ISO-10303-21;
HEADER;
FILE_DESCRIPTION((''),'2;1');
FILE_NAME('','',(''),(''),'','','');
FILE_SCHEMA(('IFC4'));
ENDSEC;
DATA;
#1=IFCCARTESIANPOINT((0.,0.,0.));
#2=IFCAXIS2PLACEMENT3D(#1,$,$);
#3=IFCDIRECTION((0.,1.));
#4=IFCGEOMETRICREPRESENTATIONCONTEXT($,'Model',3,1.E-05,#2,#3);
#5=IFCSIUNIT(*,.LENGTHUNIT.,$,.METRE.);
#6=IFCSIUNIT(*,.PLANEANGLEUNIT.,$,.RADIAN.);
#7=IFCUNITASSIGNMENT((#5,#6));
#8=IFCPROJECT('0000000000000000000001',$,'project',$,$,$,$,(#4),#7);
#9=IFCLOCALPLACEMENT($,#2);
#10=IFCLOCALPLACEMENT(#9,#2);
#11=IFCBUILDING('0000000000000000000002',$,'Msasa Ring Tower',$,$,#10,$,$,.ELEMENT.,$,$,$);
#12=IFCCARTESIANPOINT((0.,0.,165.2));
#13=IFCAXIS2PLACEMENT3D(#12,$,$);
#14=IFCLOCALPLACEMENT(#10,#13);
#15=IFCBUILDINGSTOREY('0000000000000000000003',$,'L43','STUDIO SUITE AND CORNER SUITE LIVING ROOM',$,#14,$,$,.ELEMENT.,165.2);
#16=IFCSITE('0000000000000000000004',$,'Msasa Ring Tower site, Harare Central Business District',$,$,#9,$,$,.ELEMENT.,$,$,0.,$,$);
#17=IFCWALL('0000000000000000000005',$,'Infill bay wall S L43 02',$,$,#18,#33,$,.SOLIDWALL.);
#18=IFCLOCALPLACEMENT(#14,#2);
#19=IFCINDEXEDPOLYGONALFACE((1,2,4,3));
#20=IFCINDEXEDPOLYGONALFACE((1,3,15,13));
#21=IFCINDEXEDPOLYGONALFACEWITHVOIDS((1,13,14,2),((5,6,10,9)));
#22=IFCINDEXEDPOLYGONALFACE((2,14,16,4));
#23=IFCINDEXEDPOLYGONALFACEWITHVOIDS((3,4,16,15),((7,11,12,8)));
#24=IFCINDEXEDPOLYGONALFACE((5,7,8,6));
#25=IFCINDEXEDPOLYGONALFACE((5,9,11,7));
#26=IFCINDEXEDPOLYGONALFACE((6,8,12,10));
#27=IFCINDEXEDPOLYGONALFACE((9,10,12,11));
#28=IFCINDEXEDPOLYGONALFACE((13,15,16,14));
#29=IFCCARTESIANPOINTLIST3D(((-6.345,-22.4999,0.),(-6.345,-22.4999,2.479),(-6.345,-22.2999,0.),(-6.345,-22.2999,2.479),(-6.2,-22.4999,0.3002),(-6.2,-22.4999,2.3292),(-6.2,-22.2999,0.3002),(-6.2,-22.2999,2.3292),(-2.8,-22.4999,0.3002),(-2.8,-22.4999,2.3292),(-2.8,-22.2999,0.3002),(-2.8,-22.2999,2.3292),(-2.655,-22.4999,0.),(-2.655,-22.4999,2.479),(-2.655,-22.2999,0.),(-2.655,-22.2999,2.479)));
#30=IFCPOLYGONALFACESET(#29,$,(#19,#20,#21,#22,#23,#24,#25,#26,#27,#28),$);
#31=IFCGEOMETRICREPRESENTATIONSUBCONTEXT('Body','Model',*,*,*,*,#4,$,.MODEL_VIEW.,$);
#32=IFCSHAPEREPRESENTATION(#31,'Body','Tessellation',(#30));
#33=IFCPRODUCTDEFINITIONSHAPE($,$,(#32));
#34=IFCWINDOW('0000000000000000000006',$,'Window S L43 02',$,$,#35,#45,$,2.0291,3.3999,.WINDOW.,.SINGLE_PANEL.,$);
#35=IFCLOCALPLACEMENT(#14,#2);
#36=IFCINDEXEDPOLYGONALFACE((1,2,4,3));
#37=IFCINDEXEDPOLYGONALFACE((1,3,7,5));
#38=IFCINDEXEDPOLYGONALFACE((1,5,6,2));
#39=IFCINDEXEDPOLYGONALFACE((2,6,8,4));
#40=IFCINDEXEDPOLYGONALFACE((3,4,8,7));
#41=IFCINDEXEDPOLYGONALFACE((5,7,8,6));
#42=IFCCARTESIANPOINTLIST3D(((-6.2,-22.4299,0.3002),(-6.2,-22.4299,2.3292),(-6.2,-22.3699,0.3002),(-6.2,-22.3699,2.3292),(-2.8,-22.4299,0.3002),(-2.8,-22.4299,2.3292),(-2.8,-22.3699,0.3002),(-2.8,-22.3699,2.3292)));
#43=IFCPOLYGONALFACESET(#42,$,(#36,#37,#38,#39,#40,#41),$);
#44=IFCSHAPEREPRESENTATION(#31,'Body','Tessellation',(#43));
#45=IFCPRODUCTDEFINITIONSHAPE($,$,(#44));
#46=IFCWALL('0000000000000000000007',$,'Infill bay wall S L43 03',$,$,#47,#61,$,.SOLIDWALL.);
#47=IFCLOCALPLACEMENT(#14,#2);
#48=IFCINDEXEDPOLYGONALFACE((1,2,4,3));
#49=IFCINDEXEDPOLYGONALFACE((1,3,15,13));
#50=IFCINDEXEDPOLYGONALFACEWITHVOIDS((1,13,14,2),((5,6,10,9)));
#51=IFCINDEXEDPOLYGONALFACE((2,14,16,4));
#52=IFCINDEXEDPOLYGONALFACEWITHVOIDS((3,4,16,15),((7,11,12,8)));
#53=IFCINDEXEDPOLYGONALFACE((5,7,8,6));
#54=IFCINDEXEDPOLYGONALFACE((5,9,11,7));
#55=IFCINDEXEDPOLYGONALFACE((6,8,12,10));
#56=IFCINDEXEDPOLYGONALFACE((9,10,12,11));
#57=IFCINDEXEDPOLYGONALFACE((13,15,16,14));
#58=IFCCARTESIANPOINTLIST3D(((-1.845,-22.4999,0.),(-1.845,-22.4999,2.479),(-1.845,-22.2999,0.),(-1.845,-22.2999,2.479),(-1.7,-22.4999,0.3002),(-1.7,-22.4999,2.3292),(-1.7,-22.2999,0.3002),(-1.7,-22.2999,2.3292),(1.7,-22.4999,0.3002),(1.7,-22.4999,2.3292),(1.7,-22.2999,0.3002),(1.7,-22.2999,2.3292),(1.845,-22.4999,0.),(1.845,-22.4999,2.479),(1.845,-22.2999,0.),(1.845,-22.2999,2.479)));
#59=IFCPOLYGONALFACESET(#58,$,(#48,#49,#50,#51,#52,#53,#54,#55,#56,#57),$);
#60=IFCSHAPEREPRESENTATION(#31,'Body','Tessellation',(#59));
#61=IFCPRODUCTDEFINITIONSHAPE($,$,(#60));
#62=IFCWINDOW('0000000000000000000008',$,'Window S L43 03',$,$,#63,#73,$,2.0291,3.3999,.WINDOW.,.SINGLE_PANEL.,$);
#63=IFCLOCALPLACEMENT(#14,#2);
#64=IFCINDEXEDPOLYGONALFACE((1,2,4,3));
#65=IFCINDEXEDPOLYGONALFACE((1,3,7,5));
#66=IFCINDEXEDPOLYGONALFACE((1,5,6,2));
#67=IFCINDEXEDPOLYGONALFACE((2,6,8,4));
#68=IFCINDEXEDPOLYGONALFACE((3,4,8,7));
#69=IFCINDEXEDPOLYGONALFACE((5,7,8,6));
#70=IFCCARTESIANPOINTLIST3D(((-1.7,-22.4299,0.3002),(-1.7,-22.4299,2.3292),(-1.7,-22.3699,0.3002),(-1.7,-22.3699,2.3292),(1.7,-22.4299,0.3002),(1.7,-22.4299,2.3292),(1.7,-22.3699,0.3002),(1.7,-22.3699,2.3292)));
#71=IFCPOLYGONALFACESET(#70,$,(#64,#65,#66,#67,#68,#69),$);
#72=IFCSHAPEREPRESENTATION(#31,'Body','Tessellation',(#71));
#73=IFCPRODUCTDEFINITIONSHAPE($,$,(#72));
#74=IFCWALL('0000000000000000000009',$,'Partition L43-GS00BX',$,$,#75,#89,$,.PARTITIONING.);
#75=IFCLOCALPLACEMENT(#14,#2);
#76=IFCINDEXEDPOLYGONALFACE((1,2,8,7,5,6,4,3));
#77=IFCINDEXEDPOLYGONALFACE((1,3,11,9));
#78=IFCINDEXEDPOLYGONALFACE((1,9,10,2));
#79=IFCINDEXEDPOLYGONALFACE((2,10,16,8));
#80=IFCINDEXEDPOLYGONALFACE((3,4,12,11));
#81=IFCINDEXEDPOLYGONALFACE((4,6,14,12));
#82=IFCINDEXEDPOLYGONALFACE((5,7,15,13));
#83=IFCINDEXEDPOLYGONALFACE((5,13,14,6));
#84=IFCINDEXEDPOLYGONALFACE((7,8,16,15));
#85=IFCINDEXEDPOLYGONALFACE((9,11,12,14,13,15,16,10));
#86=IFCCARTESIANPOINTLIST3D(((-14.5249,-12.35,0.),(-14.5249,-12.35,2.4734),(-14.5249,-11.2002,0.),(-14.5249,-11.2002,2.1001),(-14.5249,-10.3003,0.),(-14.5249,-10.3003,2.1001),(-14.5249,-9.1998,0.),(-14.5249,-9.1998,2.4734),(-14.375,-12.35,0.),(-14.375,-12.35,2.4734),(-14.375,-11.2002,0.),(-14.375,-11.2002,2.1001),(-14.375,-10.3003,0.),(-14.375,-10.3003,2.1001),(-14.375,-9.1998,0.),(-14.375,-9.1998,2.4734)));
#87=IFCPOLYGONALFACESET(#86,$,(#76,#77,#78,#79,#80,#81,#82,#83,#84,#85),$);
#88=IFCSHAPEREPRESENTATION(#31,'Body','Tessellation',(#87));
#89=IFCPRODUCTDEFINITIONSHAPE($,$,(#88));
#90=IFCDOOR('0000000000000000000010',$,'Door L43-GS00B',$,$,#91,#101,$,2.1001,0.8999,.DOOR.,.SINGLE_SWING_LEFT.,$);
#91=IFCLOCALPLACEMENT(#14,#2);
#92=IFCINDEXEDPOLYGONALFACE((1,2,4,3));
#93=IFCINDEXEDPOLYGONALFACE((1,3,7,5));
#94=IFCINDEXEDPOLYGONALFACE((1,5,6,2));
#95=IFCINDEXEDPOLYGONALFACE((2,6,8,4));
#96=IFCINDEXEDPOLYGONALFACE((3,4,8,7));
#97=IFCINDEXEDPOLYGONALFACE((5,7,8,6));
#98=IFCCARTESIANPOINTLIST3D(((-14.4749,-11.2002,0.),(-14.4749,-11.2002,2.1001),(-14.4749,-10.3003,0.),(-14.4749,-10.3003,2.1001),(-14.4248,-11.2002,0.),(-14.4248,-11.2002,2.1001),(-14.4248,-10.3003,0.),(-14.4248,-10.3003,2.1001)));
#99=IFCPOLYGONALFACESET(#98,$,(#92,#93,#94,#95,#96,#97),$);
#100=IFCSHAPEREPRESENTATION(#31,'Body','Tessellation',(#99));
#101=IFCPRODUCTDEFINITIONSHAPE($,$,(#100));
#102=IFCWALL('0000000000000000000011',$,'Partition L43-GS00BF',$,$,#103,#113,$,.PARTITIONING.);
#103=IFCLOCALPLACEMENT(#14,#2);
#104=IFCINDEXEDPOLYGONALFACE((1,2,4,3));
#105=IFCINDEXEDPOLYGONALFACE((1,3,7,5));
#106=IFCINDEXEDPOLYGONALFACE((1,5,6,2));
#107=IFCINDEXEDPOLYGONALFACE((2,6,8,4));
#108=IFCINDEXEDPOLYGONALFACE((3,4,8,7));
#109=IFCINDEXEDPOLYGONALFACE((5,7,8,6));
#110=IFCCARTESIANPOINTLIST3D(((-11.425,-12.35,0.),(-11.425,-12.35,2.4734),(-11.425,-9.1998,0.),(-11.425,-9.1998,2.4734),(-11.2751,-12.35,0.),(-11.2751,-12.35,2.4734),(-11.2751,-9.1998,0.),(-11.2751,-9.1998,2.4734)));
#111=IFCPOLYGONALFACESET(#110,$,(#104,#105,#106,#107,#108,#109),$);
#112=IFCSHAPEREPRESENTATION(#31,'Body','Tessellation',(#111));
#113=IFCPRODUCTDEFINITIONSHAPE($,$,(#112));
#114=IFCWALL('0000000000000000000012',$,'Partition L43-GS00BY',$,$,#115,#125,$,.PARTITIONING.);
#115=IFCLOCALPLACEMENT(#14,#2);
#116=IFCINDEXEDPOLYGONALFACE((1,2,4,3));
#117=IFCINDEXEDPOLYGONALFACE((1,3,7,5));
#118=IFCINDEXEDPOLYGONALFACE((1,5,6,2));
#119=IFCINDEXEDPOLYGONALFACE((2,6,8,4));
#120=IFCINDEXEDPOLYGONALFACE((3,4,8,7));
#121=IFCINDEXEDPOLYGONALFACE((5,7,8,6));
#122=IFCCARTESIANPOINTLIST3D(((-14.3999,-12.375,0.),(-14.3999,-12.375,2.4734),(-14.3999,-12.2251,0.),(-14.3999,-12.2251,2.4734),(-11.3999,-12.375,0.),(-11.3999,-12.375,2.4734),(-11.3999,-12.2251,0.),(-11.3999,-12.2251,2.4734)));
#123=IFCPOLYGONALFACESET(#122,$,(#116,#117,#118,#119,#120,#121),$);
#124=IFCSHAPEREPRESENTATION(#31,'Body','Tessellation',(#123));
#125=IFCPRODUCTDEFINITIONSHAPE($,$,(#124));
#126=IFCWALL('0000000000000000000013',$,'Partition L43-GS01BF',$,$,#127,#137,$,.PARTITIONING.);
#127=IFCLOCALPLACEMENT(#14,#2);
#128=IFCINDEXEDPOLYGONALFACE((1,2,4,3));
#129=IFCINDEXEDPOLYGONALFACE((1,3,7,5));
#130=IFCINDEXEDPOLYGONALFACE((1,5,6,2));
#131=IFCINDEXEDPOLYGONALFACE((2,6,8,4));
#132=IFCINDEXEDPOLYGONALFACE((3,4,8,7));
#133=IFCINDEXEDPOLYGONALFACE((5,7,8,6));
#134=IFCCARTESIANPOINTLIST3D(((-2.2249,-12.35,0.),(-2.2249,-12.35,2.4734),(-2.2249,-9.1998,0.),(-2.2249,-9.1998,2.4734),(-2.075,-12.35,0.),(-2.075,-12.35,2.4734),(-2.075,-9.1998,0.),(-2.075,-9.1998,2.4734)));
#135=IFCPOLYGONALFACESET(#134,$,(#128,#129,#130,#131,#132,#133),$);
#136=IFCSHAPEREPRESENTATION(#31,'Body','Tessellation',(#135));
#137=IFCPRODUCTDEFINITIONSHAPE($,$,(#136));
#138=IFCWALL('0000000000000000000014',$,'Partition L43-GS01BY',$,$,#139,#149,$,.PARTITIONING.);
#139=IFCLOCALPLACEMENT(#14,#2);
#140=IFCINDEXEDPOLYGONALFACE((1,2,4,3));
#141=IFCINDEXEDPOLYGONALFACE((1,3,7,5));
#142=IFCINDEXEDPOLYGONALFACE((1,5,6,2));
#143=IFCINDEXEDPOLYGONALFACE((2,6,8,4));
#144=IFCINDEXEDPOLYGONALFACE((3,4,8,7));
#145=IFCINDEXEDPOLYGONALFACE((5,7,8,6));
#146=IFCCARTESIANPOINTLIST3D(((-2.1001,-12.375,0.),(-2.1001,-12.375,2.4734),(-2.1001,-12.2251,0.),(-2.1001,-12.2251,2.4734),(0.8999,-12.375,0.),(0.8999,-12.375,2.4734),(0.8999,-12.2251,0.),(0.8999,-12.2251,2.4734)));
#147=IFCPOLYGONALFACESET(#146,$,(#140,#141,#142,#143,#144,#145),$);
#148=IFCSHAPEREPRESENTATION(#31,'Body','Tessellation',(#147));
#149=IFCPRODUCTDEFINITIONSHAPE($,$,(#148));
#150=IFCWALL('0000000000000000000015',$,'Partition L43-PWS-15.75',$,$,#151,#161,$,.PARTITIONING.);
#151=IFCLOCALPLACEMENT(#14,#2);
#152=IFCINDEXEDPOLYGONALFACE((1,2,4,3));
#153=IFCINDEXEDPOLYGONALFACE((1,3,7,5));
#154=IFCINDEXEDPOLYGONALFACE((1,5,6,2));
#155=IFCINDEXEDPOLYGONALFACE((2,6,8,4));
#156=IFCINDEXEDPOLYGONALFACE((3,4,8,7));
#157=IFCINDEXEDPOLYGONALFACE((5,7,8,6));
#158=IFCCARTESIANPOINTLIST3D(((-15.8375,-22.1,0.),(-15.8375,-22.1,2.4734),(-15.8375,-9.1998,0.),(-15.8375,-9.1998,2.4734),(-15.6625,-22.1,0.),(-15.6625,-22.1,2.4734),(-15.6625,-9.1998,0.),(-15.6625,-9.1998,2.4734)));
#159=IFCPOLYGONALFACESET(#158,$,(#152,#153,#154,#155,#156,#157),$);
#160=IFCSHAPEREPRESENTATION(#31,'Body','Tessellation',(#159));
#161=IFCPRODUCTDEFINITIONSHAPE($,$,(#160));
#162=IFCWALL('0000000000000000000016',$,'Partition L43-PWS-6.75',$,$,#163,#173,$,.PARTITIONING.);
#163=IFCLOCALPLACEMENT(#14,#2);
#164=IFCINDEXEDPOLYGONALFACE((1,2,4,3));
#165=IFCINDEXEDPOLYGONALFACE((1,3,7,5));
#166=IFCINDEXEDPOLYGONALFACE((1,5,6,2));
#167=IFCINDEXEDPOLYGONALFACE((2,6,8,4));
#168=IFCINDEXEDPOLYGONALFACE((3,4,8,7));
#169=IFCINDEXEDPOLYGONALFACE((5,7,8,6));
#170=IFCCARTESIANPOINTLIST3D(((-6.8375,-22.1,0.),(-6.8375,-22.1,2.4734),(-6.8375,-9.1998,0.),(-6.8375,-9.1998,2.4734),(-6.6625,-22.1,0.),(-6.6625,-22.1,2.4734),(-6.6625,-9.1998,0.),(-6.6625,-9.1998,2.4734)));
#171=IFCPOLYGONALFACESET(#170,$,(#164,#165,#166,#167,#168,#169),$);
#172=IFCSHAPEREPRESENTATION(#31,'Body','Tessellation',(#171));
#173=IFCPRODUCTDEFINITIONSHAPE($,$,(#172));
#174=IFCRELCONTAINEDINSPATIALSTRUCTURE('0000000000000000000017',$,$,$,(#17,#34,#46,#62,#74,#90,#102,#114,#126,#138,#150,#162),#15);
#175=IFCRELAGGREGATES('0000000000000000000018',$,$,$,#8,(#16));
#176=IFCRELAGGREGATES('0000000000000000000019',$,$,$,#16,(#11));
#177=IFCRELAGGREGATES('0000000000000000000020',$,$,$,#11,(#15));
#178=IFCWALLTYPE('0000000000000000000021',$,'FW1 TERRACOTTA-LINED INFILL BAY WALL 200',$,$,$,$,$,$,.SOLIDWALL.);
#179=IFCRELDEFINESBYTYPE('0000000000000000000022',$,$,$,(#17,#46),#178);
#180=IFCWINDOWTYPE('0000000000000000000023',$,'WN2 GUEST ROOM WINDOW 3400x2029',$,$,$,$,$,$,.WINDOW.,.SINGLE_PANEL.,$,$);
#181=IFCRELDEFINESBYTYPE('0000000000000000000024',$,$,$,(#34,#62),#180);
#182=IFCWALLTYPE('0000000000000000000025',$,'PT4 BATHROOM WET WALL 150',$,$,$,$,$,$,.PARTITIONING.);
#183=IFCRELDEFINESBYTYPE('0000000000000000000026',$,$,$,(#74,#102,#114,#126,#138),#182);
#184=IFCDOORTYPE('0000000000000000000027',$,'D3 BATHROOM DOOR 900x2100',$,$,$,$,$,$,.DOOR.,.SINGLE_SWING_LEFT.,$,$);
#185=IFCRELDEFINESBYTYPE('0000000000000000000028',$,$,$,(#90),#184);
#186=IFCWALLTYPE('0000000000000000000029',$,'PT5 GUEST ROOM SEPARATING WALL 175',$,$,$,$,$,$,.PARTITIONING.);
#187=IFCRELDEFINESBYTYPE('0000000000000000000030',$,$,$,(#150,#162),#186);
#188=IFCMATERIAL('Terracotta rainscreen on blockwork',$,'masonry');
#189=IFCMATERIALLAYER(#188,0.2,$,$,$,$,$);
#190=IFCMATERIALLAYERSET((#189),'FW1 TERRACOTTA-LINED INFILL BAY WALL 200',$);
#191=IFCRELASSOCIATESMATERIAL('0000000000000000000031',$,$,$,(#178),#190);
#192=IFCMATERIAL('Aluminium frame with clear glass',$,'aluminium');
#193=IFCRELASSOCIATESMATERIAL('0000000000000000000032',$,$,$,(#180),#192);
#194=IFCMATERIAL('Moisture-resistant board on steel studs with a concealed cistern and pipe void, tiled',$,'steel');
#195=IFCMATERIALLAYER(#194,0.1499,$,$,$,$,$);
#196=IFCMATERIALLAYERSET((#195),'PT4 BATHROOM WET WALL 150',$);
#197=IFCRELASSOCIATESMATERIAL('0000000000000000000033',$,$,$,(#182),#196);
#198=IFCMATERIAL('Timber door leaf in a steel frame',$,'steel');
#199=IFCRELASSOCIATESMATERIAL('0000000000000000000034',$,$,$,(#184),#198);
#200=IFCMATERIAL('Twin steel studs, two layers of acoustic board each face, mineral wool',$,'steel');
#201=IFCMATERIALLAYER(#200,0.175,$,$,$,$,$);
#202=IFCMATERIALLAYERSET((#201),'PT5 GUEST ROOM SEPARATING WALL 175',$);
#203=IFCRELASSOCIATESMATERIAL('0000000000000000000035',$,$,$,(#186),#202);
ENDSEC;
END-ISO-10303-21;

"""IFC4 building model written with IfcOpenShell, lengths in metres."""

from ifc_helpers import new_model, si_unit, direction, frame, frame_2d, origin, place, context, subcontext, project, spatial, rectangle, extrude, material, layer, layer_set, type_object, element, fill, save


model = new_model("IFC4")

# Units and contexts
model_context = context("Model", 3, precision=1e-05, world=origin(), true_north=direction((0.0, 1.0)))
body_context = subcontext(model_context, "Body", "Model", "MODEL_VIEW")
ifc_project = project(units=[si_unit("LENGTHUNIT", "METRE"), si_unit("PLANEANGLEUNIT", "RADIAN")], contexts=[model_context])

# Site, building, storey
site_placement = place(None, origin())
site = spatial("IfcSite", under=ifc_project, at=site_placement, Name="Msasa Ring Tower site, Harare Central Business District", CompositionType="ELEMENT", RefElevation=0.0)
building_placement = place(site_placement, origin())
building = spatial("IfcBuilding", under=site, at=building_placement, Name="Msasa Ring Tower", CompositionType="ELEMENT")
storey_placement = place(building_placement, frame((0.0, 0.0, 165.2)))
storey = spatial("IfcBuildingStorey", under=building, at=storey_placement, Name="L43", Description="STUDIO SUITE AND CORNER SUITE LIVING ROOM", CompositionType="ELEMENT", Elevation=165.2)

# Walls, openings, windows
ifc_material_1 = material(Name="Terracotta rainscreen on blockwork", Category="masonry")
ifc_layer_1 = layer(ifc_material_1, 0.2)
ifc_layer_set_1 = layer_set([ifc_layer_1], Name="FW1 TERRACOTTA-LINED INFILL BAY WALL 200")
wall_type_1 = type_object("IfcWallType", Name="FW1 TERRACOTTA-LINED INFILL BAY WALL 200", PredefinedType="SOLIDWALL", material=ifc_layer_set_1)
ifc_material_2 = material(Name="Aluminium frame with clear glass", Category="aluminium")
window_type = type_object("IfcWindowType", Name="WN2 GUEST ROOM WINDOW 3400x2029", PartitioningType="SINGLE_PANEL", PredefinedType="WINDOW", material=ifc_material_2)
wall_1_placement = place(storey_placement, frame((-6.345, -22.3999, 0.0), z_axis=(0.0, 0.0, 1.0), x_axis=(1.0, 0.0, 0.0)))
wall_1 = element("IfcWall", 1, at=wall_1_placement, inside=storey, type_object=wall_type_1, Name="Infill bay wall S L43 02", PredefinedType="SOLIDWALL", context=body_context, shape_type="SweptSolid", body=[
    extrude(rectangle(XDim=3.6899, YDim=0.2, at=frame_2d((1.845, 0.0))), origin(), (0.0, 0.0, 1.0), 2.479),
])
opening_1_placement = place(wall_1_placement, frame((0.145, 0.0, 0.3)))
opening_1 = element("IfcOpeningElement", 2, at=opening_1_placement, cuts=wall_1, PredefinedType="OPENING", context=body_context, shape_type="SweptSolid", body=[
    extrude(rectangle(XDim=3.3999, YDim=2.0291, at=frame_2d((1.7, 1.0146))), frame((0.0, 0.1099, 0.0), z_axis=(0.0, -1.0, 0.0), x_axis=(1.0, 0.0, 0.0)), (0.0, 0.0, 1.0), 0.22),
])
window_1_placement = place(opening_1_placement, origin())
window_1 = element("IfcWindow", 3, at=window_1_placement, inside=storey, type_object=window_type, Name="Window S L43 02", OverallHeight=2.0291, OverallWidth=3.3999, PartitioningType="SINGLE_PANEL", PredefinedType="WINDOW", context=body_context, shape_type="SweptSolid", body=[
    extrude(rectangle(XDim=3.3999, YDim=2.0291, at=frame_2d((1.7, 1.0146))), frame((0.0, 0.03, 0.0), z_axis=(0.0, -1.0, 0.0), x_axis=(1.0, 0.0, 0.0)), (0.0, 0.0, 1.0), 0.0601),
])
fill(opening_1, window_1)
wall_2_placement = place(storey_placement, frame((-1.845, -22.3999, 0.0), z_axis=(0.0, 0.0, 1.0), x_axis=(1.0, 0.0, 0.0)))
wall_2 = element("IfcWall", 4, at=wall_2_placement, inside=storey, type_object=wall_type_1, Name="Infill bay wall S L43 03", PredefinedType="SOLIDWALL", context=body_context, shape_type="SweptSolid", body=[
    extrude(rectangle(XDim=3.6899, YDim=0.2, at=frame_2d((1.845, 0.0))), origin(), (0.0, 0.0, 1.0), 2.479),
])
opening_2_placement = place(wall_2_placement, frame((0.145, 0.0, 0.3)))
opening_2 = element("IfcOpeningElement", 5, at=opening_2_placement, cuts=wall_2, PredefinedType="OPENING", context=body_context, shape_type="SweptSolid", body=[
    extrude(rectangle(XDim=3.3999, YDim=2.0291, at=frame_2d((1.7, 1.0146))), frame((0.0, 0.1099, 0.0), z_axis=(0.0, -1.0, 0.0), x_axis=(1.0, 0.0, 0.0)), (0.0, 0.0, 1.0), 0.22),
])
window_2_placement = place(opening_2_placement, origin())
window_2 = element("IfcWindow", 6, at=window_2_placement, inside=storey, type_object=window_type, Name="Window S L43 03", OverallHeight=2.0291, OverallWidth=3.3999, PartitioningType="SINGLE_PANEL", PredefinedType="WINDOW", context=body_context, shape_type="SweptSolid", body=[
    extrude(rectangle(XDim=3.3999, YDim=2.0291, at=frame_2d((1.7, 1.0146))), frame((0.0, 0.03, 0.0), z_axis=(0.0, -1.0, 0.0), x_axis=(1.0, 0.0, 0.0)), (0.0, 0.0, 1.0), 0.0601),
])
fill(opening_2, window_2)

# Wall, opening, door
ifc_material_3 = material(Name="Moisture-resistant board on steel studs with a concealed cistern and pipe void, tiled", Category="steel")
ifc_layer_2 = layer(ifc_material_3, 0.1499)
ifc_layer_set_2 = layer_set([ifc_layer_2], Name="PT4 BATHROOM WET WALL 150")
wall_type_2 = type_object("IfcWallType", Name="PT4 BATHROOM WET WALL 150", PredefinedType="PARTITIONING", material=ifc_layer_set_2)
wall_3_placement = place(storey_placement, frame((-14.45, -12.3501, 0.0), z_axis=(0.0, 0.0, 1.0), x_axis=(0.0, 1.0, 0.0)))
wall_3 = element("IfcWall", 7, at=wall_3_placement, inside=storey, type_object=wall_type_2, Name="Partition L43-GS00BX", PredefinedType="PARTITIONING", context=body_context, shape_type="SweptSolid", body=[
    extrude(rectangle(XDim=3.1501, YDim=0.1499, at=frame_2d((1.5752, 0.0))), origin(), (0.0, 0.0, 1.0), 2.4734),
])
opening_3_placement = place(wall_3_placement, frame((1.1499, 0.0, 0.0)))
opening_3 = element("IfcOpeningElement", 8, at=opening_3_placement, cuts=wall_3, PredefinedType="OPENING", context=body_context, shape_type="SweptSolid", body=[
    extrude(rectangle(XDim=0.8999, YDim=2.1001, at=frame_2d((0.45, 1.05))), frame((0.0, 0.085, 0.0), z_axis=(0.0, -1.0, 0.0), x_axis=(1.0, 0.0, 0.0)), (0.0, 0.0, 1.0), 0.1699),
])
ifc_material_4 = material(Name="Timber door leaf in a steel frame", Category="steel")
door_type = type_object("IfcDoorType", Name="D3 BATHROOM DOOR 900x2100", OperationType="SINGLE_SWING_LEFT", PredefinedType="DOOR", material=ifc_material_4)
door_placement = place(opening_3_placement, origin())
door = element("IfcDoor", 9, at=door_placement, inside=storey, type_object=door_type, Name="Door L43-GS00B", OperationType="SINGLE_SWING_LEFT", OverallHeight=2.1001, OverallWidth=0.8999, PredefinedType="DOOR", context=body_context, shape_type="SweptSolid", body=[
    extrude(rectangle(XDim=0.8999, YDim=2.1001, at=frame_2d((0.45, 1.05))), frame((0.0, 0.0249, 0.0), z_axis=(0.0, -1.0, 0.0), x_axis=(1.0, 0.0, 0.0)), (0.0, 0.0, 1.0), 0.05),
])
fill(opening_3, door)

# Walls
wall_4_placement = place(storey_placement, frame((-11.3501, -12.3501, 0.0), z_axis=(0.0, 0.0, 1.0), x_axis=(0.0, 1.0, 0.0)))
element("IfcWall", 10, at=wall_4_placement, inside=storey, type_object=wall_type_2, Name="Partition L43-GS00BF", PredefinedType="PARTITIONING", context=body_context, shape_type="SweptSolid", body=[
    extrude(rectangle(XDim=3.1501, YDim=0.1499, at=frame_2d((1.5752, 0.0))), origin(), (0.0, 0.0, 1.0), 2.4734),
])
wall_5_placement = place(storey_placement, frame((-14.3999, -12.3, 0.0), z_axis=(0.0, 0.0, 1.0), x_axis=(1.0, 0.0, 0.0)))
element("IfcWall", 11, at=wall_5_placement, inside=storey, type_object=wall_type_2, Name="Partition L43-GS00BY", PredefinedType="PARTITIONING", context=body_context, shape_type="SweptSolid", body=[
    extrude(rectangle(XDim=3.0, YDim=0.1499, at=frame_2d((1.5, 0.0))), origin(), (0.0, 0.0, 1.0), 2.4734),
])
wall_6_placement = place(storey_placement, frame((-2.1499, -12.3501, 0.0), z_axis=(0.0, 0.0, 1.0), x_axis=(0.0, 1.0, 0.0)))
element("IfcWall", 12, at=wall_6_placement, inside=storey, type_object=wall_type_2, Name="Partition L43-GS01BF", PredefinedType="PARTITIONING", context=body_context, shape_type="SweptSolid", body=[
    extrude(rectangle(XDim=3.1501, YDim=0.1499, at=frame_2d((1.5752, 0.0))), origin(), (0.0, 0.0, 1.0), 2.4734),
])
wall_7_placement = place(storey_placement, frame((-2.1001, -12.3, 0.0), z_axis=(0.0, 0.0, 1.0), x_axis=(1.0, 0.0, 0.0)))
element("IfcWall", 13, at=wall_7_placement, inside=storey, type_object=wall_type_2, Name="Partition L43-GS01BY", PredefinedType="PARTITIONING", context=body_context, shape_type="SweptSolid", body=[
    extrude(rectangle(XDim=3.0, YDim=0.1499, at=frame_2d((1.5, 0.0))), origin(), (0.0, 0.0, 1.0), 2.4734),
])
ifc_material_5 = material(Name="Twin steel studs, two layers of acoustic board each face, mineral wool", Category="steel")
ifc_layer_3 = layer(ifc_material_5, 0.175)
ifc_layer_set_3 = layer_set([ifc_layer_3], Name="PT5 GUEST ROOM SEPARATING WALL 175")
wall_type_3 = type_object("IfcWallType", Name="PT5 GUEST ROOM SEPARATING WALL 175", PredefinedType="PARTITIONING", material=ifc_layer_set_3)
for number, where, z_axis, x_axis, name in (
    (14, (-15.75, -22.1001, 0.0), (0.0, 0.0, 1.0), (0.0, 1.0, 0.0), "Partition L43-PWS-15.75"),
    (15, (-6.75, -22.1001, 0.0), (0.0, 0.0, 1.0), (0.0, 1.0, 0.0), "Partition L43-PWS-6.75"),
):
    element("IfcWall", number, at=place(storey_placement, frame(where, z_axis=z_axis, x_axis=x_axis)), inside=storey, type_object=wall_type_3, Name=name, PredefinedType="PARTITIONING", context=body_context, shape_type="SweptSolid", body=[
        extrude(rectangle(XDim=12.9001, YDim=0.175, at=frame_2d((6.4502, 0.0))), origin(), (0.0, 0.0, 1.0), 2.4734),
    ])

save(model, "model.ifc")
